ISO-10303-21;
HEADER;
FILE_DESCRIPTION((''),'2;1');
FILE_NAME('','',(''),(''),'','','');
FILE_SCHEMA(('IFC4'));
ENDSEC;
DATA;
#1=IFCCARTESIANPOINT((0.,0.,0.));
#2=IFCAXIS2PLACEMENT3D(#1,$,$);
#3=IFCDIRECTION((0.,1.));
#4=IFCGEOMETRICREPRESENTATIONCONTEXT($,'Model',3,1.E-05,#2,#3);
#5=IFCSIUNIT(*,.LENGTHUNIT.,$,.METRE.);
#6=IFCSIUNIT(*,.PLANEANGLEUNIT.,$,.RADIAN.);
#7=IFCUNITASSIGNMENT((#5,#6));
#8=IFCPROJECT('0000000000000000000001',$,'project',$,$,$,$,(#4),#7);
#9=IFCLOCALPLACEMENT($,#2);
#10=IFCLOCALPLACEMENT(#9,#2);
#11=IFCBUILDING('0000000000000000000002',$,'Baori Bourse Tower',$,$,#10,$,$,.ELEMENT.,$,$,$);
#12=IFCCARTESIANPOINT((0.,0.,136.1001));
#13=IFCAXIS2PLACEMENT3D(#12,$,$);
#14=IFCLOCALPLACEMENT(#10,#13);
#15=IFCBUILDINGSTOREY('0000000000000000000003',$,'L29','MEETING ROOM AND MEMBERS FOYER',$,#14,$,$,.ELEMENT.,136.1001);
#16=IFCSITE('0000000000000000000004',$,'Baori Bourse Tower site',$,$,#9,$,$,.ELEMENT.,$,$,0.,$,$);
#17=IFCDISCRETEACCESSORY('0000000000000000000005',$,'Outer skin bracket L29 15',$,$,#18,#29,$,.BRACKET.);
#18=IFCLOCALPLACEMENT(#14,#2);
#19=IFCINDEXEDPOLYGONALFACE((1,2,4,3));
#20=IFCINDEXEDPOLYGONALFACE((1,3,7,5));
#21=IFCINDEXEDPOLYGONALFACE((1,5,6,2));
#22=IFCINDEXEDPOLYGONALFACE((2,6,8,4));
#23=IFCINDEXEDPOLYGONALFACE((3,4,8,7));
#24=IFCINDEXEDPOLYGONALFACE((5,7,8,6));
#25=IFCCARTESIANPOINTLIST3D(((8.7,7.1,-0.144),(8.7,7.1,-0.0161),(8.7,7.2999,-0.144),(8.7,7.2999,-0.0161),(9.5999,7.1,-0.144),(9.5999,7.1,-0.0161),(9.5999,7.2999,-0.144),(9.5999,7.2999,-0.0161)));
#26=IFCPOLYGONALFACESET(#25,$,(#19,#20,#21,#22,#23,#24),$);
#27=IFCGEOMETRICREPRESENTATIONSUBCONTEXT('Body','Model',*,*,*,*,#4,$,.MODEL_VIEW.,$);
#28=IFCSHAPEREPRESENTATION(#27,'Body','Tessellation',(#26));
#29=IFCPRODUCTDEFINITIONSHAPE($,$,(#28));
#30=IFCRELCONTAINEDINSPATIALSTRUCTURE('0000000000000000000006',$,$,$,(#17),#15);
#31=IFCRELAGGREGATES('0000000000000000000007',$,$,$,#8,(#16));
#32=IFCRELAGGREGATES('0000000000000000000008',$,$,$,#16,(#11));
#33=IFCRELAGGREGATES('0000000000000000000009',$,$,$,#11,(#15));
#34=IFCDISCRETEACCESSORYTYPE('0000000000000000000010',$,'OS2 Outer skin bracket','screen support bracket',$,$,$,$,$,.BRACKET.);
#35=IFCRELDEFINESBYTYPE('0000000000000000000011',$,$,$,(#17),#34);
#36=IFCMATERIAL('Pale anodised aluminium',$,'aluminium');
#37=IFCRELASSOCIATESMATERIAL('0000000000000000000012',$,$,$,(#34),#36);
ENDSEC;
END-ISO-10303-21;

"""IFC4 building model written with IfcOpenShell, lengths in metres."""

from ifc_helpers import new_model, si_unit, direction, frame, origin, origin_2d, place, context, subcontext, project, spatial, rectangle, extrude, material, type_object, element, save


model = new_model("IFC4")

# Units and contexts
model_context = context("Model", 3, precision=1e-05, world=origin(), true_north=direction((0.0, 1.0)))
body_context = subcontext(model_context, "Body", "Model", "MODEL_VIEW")
ifc_project = project(units=[si_unit("LENGTHUNIT", "METRE"), si_unit("PLANEANGLEUNIT", "RADIAN")], contexts=[model_context])

# Site, building, storey
site_placement = place(None, origin())
site = spatial("IfcSite", under=ifc_project, at=site_placement, Name="Baori Bourse Tower site", CompositionType="ELEMENT", RefElevation=0.0)
building_placement = place(site_placement, origin())
building = spatial("IfcBuilding", under=site, at=building_placement, Name="Baori Bourse Tower", CompositionType="ELEMENT")
storey_placement = place(building_placement, frame((0.0, 0.0, 136.1001)))
storey = spatial("IfcBuildingStorey", under=building, at=storey_placement, Name="L29", Description="MEETING ROOM AND MEMBERS FOYER", CompositionType="ELEMENT", Elevation=136.1001)

# Discrete accessory
ifc_material_1 = material(Name="Pale anodised aluminium", Category="aluminium")
discrete_accessory_type = type_object("IfcDiscreteAccessoryType", Name="OS2 Outer skin bracket", Description="screen support bracket", PredefinedType="BRACKET", material=ifc_material_1)
discrete_accessory_placement = place(storey_placement, frame((9.1499, 7.2, -0.144), z_axis=(0.0, 0.0, 1.0), x_axis=(0.0, -1.0, 0.0)))
element("IfcDiscreteAccessory", 1, at=discrete_accessory_placement, inside=storey, type_object=discrete_accessory_type, Name="Outer skin bracket L29 15", PredefinedType="BRACKET", context=body_context, shape_type="SweptSolid", body=[
    extrude(rectangle(XDim=0.2, YDim=0.8999, at=origin_2d()), origin(), (0.0, 0.0, 1.0), 0.1279),
])

save(model, "model.ifc")
